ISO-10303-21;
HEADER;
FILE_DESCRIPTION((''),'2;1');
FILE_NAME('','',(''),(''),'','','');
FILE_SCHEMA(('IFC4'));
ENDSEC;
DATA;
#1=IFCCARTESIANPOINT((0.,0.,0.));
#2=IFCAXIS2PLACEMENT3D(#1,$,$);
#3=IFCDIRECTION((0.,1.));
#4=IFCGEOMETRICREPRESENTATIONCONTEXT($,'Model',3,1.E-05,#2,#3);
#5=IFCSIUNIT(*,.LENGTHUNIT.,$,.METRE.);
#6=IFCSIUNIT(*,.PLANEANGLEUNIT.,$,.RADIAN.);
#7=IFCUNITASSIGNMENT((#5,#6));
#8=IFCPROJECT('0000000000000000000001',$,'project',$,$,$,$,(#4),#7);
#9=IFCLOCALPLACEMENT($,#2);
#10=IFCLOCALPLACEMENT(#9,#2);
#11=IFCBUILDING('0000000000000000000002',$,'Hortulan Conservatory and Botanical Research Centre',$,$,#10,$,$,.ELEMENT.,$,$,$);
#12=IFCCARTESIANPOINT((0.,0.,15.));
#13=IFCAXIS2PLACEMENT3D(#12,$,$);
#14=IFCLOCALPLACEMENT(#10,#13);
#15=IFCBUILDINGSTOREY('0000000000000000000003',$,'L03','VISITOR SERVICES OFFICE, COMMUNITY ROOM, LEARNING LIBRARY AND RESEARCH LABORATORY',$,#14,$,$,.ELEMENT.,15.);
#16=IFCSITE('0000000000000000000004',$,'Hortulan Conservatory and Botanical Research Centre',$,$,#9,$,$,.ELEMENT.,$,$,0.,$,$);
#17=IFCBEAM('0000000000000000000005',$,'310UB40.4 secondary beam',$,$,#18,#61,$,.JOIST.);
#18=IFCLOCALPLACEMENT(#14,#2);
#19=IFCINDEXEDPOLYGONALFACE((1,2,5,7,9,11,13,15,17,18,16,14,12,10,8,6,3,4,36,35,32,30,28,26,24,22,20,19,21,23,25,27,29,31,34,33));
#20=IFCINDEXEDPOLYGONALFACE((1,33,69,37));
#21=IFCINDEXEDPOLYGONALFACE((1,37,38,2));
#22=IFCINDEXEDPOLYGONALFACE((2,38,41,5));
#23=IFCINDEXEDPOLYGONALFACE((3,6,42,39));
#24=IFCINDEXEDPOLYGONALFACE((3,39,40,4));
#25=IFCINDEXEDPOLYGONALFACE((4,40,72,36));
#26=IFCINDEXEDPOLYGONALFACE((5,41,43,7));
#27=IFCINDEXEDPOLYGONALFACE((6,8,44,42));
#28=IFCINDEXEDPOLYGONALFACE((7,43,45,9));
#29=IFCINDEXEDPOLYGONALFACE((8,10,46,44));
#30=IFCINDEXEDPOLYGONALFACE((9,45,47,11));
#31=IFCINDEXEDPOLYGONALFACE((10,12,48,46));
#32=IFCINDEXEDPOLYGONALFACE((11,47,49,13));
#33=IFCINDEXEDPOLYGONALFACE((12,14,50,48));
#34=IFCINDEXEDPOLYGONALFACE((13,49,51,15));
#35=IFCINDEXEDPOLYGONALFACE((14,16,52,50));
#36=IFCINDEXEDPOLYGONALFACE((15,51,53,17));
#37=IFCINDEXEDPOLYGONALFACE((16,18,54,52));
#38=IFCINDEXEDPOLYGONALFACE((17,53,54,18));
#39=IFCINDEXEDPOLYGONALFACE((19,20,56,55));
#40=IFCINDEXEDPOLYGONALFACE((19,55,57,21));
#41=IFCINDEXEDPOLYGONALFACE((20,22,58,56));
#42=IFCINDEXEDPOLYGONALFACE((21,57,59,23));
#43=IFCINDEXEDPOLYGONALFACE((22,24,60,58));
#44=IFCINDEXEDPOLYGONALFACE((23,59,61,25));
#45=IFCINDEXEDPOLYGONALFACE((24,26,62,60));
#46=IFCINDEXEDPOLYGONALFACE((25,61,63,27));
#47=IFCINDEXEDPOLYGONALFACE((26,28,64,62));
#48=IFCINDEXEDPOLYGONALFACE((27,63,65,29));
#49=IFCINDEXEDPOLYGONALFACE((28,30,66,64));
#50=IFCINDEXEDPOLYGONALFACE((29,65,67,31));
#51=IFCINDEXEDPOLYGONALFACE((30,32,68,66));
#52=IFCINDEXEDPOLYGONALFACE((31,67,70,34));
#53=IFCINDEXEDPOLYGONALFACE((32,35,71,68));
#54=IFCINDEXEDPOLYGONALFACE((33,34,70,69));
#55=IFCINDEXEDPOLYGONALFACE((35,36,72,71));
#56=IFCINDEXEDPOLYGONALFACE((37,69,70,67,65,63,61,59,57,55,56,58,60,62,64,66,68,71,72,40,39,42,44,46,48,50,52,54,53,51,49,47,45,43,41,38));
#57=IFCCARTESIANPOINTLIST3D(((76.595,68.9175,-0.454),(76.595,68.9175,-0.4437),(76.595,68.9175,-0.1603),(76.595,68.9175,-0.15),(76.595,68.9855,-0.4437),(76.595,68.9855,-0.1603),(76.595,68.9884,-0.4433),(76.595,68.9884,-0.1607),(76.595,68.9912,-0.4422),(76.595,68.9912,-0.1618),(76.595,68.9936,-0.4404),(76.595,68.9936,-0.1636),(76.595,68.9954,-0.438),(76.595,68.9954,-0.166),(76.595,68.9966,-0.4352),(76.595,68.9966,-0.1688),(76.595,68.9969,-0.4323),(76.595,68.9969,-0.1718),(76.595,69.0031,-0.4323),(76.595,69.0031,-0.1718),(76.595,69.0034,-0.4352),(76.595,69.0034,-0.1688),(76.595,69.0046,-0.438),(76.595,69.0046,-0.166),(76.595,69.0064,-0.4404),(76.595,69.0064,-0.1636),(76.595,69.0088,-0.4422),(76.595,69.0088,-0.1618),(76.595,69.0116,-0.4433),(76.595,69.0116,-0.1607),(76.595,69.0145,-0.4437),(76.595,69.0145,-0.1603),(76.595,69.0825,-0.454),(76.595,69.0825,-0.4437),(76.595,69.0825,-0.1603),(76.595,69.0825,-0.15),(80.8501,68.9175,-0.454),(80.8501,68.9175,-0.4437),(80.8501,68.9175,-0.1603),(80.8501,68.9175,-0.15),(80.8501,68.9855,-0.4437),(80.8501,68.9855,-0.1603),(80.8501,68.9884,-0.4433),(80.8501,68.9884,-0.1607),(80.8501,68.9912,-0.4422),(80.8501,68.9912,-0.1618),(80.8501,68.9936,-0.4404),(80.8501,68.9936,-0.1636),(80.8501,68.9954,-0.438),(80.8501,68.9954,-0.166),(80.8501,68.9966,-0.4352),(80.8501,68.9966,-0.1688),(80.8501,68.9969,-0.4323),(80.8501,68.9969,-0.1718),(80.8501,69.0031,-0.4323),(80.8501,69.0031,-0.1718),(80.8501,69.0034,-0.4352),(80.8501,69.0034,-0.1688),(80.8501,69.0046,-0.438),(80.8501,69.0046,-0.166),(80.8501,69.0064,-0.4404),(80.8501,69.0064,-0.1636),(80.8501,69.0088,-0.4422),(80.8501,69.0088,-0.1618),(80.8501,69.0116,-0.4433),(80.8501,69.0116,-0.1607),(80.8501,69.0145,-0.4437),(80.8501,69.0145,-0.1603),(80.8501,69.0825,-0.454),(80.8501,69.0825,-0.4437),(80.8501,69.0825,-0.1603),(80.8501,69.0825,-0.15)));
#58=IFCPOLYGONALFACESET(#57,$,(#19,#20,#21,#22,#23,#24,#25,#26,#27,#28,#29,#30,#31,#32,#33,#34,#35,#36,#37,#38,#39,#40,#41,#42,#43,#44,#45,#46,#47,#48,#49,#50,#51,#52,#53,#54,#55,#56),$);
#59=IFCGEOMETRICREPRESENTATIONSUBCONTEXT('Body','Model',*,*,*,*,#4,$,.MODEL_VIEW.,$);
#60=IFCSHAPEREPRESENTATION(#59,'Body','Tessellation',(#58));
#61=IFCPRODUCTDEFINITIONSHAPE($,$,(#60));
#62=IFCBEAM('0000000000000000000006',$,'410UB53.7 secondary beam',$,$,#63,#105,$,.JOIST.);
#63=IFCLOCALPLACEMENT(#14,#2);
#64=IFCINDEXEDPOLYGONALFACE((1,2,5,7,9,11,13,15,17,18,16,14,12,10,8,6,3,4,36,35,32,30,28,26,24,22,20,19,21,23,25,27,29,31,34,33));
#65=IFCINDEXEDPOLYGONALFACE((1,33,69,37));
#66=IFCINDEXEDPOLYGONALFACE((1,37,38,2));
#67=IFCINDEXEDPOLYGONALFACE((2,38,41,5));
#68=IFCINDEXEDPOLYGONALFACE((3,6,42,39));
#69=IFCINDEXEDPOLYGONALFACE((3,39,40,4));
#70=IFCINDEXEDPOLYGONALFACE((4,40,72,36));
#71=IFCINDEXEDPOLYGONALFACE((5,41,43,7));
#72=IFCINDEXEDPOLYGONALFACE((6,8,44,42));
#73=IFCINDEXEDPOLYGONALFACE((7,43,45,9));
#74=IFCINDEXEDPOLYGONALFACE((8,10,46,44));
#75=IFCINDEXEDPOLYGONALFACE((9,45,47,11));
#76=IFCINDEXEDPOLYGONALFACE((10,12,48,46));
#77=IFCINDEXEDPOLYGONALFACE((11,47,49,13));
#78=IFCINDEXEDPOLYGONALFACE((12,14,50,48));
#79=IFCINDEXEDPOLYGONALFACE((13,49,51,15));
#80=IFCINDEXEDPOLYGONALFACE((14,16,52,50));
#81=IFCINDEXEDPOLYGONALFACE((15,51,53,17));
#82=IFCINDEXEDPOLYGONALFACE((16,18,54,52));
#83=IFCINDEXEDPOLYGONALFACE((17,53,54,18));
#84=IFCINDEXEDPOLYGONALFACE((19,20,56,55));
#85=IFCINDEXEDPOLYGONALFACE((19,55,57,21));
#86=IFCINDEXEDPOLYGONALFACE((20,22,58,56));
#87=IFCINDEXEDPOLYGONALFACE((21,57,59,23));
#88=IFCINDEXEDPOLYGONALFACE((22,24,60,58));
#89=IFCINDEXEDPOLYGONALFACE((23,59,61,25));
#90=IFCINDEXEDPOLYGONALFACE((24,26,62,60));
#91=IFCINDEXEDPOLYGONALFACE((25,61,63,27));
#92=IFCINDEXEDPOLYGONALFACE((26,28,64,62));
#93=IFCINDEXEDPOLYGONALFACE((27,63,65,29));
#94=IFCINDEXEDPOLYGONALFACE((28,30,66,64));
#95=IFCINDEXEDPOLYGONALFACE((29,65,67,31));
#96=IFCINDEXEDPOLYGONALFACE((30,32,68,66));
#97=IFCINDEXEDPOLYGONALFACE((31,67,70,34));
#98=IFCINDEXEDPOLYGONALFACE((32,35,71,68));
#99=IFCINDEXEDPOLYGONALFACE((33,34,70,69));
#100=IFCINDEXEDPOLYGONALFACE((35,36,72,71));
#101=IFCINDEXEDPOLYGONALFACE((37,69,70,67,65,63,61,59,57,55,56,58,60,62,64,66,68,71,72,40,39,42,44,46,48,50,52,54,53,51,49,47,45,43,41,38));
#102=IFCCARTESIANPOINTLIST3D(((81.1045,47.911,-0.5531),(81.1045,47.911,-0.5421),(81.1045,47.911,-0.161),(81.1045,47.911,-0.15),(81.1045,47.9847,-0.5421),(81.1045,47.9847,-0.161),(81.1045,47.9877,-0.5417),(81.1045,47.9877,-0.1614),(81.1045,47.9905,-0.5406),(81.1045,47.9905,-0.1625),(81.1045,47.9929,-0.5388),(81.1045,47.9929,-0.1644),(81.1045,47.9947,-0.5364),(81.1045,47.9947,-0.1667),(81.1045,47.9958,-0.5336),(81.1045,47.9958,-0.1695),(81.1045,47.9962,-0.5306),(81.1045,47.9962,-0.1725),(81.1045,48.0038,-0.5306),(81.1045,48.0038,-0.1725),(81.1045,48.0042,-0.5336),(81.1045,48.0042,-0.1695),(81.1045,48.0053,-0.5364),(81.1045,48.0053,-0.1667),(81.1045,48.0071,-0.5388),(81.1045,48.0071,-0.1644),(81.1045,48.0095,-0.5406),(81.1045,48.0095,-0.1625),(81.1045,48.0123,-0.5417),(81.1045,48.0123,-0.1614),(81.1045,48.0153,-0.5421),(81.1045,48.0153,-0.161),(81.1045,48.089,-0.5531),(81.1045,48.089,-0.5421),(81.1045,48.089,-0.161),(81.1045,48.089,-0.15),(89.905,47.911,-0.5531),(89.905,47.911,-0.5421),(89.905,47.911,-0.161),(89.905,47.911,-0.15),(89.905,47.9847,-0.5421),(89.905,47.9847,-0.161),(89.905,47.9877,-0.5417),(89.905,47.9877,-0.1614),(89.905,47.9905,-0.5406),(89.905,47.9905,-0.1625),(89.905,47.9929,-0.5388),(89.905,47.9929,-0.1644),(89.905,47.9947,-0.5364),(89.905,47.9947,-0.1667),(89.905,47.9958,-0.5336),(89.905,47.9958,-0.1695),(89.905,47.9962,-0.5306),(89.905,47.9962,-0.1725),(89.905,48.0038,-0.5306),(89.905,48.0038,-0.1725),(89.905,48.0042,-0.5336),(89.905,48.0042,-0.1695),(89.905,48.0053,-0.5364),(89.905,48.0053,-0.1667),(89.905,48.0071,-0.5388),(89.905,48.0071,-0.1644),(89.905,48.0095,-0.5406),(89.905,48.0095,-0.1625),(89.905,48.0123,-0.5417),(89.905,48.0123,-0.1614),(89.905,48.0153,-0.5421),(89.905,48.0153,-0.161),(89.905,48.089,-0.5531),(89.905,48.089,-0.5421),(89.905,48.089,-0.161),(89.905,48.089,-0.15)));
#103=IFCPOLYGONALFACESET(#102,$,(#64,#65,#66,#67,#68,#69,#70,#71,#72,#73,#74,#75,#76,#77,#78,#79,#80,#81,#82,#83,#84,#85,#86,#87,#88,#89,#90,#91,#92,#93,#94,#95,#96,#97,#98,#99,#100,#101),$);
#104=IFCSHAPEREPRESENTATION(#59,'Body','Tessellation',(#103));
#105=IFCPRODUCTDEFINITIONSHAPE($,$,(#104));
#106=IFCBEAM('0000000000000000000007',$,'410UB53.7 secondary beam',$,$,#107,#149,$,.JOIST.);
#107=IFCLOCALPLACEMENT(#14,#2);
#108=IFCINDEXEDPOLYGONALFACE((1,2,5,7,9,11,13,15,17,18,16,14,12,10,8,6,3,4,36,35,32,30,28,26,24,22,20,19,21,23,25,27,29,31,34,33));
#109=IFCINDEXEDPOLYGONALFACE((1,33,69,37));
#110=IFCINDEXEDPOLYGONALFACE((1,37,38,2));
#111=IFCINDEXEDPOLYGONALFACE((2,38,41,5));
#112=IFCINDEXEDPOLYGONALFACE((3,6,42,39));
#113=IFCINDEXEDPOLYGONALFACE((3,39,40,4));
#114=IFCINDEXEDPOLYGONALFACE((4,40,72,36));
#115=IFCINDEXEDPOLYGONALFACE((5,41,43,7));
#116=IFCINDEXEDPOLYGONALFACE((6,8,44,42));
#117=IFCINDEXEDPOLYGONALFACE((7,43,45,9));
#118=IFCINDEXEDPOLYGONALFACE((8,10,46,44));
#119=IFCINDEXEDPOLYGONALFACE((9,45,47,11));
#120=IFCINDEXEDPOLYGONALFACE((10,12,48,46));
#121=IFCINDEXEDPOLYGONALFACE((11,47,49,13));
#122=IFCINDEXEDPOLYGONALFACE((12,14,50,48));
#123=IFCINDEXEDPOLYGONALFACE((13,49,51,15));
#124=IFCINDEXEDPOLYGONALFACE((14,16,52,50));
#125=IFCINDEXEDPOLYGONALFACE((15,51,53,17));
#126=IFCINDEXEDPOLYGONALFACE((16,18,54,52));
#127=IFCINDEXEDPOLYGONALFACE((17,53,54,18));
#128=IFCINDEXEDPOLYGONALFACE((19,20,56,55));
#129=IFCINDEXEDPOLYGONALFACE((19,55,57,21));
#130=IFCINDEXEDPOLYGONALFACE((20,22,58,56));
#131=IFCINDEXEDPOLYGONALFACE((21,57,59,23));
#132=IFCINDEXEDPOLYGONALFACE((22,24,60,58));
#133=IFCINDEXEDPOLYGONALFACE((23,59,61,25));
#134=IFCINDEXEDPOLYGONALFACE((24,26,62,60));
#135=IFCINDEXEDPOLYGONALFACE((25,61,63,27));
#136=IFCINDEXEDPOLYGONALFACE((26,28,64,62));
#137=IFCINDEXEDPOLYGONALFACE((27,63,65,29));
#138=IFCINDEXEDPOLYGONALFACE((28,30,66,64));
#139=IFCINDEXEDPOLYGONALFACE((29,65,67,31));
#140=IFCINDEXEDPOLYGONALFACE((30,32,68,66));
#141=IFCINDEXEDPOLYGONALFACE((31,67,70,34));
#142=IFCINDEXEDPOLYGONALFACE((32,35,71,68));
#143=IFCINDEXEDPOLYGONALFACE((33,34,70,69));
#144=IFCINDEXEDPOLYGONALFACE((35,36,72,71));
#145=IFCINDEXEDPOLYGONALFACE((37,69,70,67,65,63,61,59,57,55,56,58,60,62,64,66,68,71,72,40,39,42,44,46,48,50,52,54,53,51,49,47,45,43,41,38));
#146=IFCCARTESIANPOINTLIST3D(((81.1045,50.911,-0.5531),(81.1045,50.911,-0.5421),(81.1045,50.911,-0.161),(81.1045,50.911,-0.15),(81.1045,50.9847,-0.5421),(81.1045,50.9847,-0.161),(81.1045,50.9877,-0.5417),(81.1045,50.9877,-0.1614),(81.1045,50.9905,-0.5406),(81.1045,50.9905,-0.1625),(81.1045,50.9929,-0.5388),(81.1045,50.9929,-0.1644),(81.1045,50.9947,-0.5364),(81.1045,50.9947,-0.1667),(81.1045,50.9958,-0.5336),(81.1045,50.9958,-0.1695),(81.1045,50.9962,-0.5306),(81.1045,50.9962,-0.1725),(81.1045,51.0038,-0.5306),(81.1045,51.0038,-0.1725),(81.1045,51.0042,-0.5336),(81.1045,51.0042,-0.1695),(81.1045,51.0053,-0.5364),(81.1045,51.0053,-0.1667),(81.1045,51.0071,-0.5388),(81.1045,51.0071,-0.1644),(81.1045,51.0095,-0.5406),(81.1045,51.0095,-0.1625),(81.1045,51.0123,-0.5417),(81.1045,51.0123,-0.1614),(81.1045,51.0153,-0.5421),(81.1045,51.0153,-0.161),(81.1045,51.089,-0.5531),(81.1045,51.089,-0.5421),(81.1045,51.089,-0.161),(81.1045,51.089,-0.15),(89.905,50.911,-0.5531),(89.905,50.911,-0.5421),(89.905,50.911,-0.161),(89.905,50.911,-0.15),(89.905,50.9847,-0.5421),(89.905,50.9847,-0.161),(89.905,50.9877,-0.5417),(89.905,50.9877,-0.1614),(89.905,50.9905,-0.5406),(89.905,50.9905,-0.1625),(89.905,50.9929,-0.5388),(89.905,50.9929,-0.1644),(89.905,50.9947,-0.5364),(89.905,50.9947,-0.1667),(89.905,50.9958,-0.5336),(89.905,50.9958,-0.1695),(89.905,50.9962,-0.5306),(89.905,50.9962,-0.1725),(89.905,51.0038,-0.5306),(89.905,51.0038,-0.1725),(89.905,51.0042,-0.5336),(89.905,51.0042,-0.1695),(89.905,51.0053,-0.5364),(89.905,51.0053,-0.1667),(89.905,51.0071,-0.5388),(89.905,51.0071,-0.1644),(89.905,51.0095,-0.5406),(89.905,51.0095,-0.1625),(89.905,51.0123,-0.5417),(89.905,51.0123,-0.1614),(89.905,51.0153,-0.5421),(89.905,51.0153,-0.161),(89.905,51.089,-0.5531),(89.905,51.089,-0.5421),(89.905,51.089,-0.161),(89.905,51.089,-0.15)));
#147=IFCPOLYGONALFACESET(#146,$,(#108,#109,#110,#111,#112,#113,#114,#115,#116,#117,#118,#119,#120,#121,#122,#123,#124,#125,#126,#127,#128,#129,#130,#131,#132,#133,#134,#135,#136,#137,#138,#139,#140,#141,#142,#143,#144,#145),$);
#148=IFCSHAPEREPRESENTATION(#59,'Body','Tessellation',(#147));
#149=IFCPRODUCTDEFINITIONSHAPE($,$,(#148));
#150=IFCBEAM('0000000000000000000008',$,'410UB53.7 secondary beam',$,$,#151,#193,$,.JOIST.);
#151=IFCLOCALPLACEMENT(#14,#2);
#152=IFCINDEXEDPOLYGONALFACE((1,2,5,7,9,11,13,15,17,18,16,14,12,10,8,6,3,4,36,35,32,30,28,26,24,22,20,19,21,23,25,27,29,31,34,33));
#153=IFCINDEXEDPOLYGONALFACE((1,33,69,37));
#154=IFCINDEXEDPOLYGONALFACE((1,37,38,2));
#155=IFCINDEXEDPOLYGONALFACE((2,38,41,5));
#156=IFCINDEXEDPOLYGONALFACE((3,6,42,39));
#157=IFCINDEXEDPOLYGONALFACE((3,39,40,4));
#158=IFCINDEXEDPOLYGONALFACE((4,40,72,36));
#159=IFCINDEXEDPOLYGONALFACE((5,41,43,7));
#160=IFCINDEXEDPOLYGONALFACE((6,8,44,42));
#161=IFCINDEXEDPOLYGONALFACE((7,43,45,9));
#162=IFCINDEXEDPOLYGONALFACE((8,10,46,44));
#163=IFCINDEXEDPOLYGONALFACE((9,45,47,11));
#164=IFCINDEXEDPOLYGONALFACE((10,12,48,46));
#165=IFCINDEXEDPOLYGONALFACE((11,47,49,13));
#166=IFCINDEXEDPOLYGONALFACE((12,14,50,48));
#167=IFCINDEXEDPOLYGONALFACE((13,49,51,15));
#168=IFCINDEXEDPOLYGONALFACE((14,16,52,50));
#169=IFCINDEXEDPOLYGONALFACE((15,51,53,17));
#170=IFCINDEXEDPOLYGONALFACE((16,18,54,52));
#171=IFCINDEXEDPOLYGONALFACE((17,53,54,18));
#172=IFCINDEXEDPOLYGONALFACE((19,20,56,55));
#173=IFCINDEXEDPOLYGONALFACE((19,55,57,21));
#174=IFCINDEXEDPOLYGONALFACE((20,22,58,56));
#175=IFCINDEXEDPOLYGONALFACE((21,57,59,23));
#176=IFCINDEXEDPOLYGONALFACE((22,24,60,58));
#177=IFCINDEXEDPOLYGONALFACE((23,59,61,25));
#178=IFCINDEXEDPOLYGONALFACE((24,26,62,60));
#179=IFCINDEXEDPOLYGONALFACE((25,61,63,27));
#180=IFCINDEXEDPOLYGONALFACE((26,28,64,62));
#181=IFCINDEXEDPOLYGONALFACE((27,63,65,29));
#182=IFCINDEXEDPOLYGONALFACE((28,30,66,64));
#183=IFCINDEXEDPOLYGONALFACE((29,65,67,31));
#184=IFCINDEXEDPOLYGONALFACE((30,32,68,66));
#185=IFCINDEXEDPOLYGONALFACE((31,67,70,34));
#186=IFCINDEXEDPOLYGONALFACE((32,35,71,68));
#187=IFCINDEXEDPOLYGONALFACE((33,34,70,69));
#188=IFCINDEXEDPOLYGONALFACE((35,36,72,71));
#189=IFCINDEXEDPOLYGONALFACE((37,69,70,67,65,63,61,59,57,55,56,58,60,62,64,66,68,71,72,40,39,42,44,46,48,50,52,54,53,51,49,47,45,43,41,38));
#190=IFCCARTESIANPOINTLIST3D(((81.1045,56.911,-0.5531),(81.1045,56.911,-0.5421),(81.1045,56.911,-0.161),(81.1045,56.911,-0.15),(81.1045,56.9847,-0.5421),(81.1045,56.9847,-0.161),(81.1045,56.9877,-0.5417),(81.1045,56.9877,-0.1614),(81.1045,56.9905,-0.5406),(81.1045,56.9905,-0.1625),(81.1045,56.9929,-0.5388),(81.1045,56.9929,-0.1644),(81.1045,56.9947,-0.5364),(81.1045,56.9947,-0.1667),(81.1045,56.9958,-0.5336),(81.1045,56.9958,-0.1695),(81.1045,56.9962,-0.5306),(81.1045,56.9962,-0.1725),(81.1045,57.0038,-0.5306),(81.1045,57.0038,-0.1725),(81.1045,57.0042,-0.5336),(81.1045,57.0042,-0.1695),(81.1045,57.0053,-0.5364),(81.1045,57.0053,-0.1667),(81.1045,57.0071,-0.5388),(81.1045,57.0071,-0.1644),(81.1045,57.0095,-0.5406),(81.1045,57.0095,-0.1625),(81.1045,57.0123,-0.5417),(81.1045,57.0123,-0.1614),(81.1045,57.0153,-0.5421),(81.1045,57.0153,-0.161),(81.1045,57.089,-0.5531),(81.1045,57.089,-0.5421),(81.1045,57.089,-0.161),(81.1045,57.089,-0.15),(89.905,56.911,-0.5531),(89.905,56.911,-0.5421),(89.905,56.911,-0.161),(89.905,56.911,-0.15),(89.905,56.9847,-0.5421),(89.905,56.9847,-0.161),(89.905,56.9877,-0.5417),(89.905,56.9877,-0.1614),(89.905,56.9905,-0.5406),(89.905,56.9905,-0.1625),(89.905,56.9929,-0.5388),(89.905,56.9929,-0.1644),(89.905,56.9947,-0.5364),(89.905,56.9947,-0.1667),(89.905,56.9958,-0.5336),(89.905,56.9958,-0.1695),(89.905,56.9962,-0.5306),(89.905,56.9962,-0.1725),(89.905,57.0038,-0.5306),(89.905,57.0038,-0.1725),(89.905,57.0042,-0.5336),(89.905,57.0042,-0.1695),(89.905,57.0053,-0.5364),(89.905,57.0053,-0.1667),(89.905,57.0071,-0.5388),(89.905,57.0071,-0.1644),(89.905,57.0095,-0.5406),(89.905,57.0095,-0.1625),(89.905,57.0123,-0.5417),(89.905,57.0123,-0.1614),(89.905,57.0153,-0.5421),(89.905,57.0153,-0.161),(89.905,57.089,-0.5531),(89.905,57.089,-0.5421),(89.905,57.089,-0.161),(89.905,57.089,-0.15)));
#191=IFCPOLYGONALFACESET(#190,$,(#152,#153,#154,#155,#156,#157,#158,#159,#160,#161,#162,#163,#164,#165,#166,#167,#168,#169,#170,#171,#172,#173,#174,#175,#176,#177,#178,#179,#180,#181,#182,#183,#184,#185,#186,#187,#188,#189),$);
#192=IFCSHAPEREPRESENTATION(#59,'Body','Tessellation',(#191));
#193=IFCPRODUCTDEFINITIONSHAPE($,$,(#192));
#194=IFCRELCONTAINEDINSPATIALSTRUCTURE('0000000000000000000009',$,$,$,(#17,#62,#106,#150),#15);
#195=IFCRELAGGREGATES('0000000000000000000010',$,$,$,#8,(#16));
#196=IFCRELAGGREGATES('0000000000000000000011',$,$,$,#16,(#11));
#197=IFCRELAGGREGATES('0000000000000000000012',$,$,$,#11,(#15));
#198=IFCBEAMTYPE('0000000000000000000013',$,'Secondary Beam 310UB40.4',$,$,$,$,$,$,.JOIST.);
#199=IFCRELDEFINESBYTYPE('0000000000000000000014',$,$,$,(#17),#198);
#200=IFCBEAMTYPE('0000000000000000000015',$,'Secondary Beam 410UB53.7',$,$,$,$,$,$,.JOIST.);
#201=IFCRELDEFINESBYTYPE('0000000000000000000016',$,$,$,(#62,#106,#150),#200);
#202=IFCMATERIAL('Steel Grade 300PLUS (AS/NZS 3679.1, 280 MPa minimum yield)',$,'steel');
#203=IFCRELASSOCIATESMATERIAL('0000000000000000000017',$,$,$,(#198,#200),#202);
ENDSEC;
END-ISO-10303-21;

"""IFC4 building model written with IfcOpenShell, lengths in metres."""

from ifc_helpers import new_model, si_unit, direction, frame, origin, origin_2d, place, context, subcontext, project, spatial, i_section, extrude, material, material_profile, profile_set, type_object, element, save


model = new_model("IFC4")

# Units and contexts
model_context = context("Model", 3, precision=1e-05, world=origin(), true_north=direction((0.0, 1.0)))
body_context = subcontext(model_context, "Body", "Model", "MODEL_VIEW")
ifc_project = project(units=[si_unit("LENGTHUNIT", "METRE"), si_unit("PLANEANGLEUNIT", "RADIAN")], contexts=[model_context])

# Site, building, storey
site_placement = place(None, origin())
site = spatial("IfcSite", under=ifc_project, at=site_placement, Name="Hortulan Conservatory and Botanical Research Centre", CompositionType="ELEMENT", RefElevation=0.0)
building_placement = place(site_placement, origin())
building = spatial("IfcBuilding", under=site, at=building_placement, Name="Hortulan Conservatory and Botanical Research Centre", CompositionType="ELEMENT")
storey_placement = place(building_placement, frame((0.0, 0.0, 15.0)))
storey = spatial("IfcBuildingStorey", under=building, at=storey_placement, Name="L03", Description="VISITOR SERVICES OFFICE, COMMUNITY ROOM, LEARNING LIBRARY AND RESEARCH LABORATORY", CompositionType="ELEMENT", Elevation=15.0)

# Beams
ifc_material_1 = material(Name="Steel Grade 300PLUS (AS/NZS 3679.1, 280 MPa minimum yield)", Category="steel")
ifc_material_profile_1 = material_profile(ifc_material_1, i_section(OverallWidth=0.165, OverallDepth=0.304, WebThickness=0.0061, FlangeThickness=0.0103, FilletRadius=0.0115, at=origin_2d()), Name="310UB40.4")
ifc_profile_set_1 = profile_set([ifc_material_profile_1], Name="Steel Grade 300PLUS (AS/NZS 3679.1, 280 MPa minimum yield)")
beam_type_1 = type_object("IfcBeamType", Name="Secondary Beam 310UB40.4", PredefinedType="JOIST", material=ifc_profile_set_1)
for number, where, z_axis, x_axis, name in (
    (1, (76.595, 69.0, -0.302), (1.0, 0.0, 0.0), (0.0, 1.0, 0.0), "310UB40.4 secondary beam"),
):
    element("IfcBeam", number, at=place(storey_placement, frame(where, z_axis=z_axis, x_axis=x_axis)), inside=storey, type_object=beam_type_1, Name=name, PredefinedType="JOIST", context=body_context, shape_type="SweptSolid", body=[
        extrude(i_section(OverallWidth=0.165, OverallDepth=0.304, WebThickness=0.0061, FlangeThickness=0.0103, FilletRadius=0.0115, at=origin_2d()), origin(), (0.0, 0.0, 1.0), 4.2551),
    ])
ifc_material_profile_2 = material_profile(ifc_material_1, i_section(OverallWidth=0.178, OverallDepth=0.4031, WebThickness=0.0076, FlangeThickness=0.011, FilletRadius=0.0115, at=origin_2d()), Name="410UB53.7")
ifc_profile_set_2 = profile_set([ifc_material_profile_2], Name="Steel Grade 300PLUS (AS/NZS 3679.1, 280 MPa minimum yield)")
beam_type_2 = type_object("IfcBeamType", Name="Secondary Beam 410UB53.7", PredefinedType="JOIST", material=ifc_profile_set_2)
for number, where, z_axis, x_axis, name in (
    (2, (81.1045, 48.0, -0.3516), (1.0, 0.0, 0.0), (0.0, 1.0, 0.0), "410UB53.7 secondary beam"),
    (3, (81.1045, 51.0, -0.3516), (1.0, 0.0, 0.0), (0.0, 1.0, 0.0), "410UB53.7 secondary beam"),
    (4, (81.1045, 57.0, -0.3516), (1.0, 0.0, 0.0), (0.0, 1.0, 0.0), "410UB53.7 secondary beam"),
):
    element("IfcBeam", number, at=place(storey_placement, frame(where, z_axis=z_axis, x_axis=x_axis)), inside=storey, type_object=beam_type_2, Name=name, PredefinedType="JOIST", context=body_context, shape_type="SweptSolid", body=[
        extrude(i_section(OverallWidth=0.178, OverallDepth=0.4031, WebThickness=0.0076, FlangeThickness=0.011, FilletRadius=0.0115, at=origin_2d()), origin(), (0.0, 0.0, 1.0), 8.8005),
    ])

save(model, "model.ifc")
